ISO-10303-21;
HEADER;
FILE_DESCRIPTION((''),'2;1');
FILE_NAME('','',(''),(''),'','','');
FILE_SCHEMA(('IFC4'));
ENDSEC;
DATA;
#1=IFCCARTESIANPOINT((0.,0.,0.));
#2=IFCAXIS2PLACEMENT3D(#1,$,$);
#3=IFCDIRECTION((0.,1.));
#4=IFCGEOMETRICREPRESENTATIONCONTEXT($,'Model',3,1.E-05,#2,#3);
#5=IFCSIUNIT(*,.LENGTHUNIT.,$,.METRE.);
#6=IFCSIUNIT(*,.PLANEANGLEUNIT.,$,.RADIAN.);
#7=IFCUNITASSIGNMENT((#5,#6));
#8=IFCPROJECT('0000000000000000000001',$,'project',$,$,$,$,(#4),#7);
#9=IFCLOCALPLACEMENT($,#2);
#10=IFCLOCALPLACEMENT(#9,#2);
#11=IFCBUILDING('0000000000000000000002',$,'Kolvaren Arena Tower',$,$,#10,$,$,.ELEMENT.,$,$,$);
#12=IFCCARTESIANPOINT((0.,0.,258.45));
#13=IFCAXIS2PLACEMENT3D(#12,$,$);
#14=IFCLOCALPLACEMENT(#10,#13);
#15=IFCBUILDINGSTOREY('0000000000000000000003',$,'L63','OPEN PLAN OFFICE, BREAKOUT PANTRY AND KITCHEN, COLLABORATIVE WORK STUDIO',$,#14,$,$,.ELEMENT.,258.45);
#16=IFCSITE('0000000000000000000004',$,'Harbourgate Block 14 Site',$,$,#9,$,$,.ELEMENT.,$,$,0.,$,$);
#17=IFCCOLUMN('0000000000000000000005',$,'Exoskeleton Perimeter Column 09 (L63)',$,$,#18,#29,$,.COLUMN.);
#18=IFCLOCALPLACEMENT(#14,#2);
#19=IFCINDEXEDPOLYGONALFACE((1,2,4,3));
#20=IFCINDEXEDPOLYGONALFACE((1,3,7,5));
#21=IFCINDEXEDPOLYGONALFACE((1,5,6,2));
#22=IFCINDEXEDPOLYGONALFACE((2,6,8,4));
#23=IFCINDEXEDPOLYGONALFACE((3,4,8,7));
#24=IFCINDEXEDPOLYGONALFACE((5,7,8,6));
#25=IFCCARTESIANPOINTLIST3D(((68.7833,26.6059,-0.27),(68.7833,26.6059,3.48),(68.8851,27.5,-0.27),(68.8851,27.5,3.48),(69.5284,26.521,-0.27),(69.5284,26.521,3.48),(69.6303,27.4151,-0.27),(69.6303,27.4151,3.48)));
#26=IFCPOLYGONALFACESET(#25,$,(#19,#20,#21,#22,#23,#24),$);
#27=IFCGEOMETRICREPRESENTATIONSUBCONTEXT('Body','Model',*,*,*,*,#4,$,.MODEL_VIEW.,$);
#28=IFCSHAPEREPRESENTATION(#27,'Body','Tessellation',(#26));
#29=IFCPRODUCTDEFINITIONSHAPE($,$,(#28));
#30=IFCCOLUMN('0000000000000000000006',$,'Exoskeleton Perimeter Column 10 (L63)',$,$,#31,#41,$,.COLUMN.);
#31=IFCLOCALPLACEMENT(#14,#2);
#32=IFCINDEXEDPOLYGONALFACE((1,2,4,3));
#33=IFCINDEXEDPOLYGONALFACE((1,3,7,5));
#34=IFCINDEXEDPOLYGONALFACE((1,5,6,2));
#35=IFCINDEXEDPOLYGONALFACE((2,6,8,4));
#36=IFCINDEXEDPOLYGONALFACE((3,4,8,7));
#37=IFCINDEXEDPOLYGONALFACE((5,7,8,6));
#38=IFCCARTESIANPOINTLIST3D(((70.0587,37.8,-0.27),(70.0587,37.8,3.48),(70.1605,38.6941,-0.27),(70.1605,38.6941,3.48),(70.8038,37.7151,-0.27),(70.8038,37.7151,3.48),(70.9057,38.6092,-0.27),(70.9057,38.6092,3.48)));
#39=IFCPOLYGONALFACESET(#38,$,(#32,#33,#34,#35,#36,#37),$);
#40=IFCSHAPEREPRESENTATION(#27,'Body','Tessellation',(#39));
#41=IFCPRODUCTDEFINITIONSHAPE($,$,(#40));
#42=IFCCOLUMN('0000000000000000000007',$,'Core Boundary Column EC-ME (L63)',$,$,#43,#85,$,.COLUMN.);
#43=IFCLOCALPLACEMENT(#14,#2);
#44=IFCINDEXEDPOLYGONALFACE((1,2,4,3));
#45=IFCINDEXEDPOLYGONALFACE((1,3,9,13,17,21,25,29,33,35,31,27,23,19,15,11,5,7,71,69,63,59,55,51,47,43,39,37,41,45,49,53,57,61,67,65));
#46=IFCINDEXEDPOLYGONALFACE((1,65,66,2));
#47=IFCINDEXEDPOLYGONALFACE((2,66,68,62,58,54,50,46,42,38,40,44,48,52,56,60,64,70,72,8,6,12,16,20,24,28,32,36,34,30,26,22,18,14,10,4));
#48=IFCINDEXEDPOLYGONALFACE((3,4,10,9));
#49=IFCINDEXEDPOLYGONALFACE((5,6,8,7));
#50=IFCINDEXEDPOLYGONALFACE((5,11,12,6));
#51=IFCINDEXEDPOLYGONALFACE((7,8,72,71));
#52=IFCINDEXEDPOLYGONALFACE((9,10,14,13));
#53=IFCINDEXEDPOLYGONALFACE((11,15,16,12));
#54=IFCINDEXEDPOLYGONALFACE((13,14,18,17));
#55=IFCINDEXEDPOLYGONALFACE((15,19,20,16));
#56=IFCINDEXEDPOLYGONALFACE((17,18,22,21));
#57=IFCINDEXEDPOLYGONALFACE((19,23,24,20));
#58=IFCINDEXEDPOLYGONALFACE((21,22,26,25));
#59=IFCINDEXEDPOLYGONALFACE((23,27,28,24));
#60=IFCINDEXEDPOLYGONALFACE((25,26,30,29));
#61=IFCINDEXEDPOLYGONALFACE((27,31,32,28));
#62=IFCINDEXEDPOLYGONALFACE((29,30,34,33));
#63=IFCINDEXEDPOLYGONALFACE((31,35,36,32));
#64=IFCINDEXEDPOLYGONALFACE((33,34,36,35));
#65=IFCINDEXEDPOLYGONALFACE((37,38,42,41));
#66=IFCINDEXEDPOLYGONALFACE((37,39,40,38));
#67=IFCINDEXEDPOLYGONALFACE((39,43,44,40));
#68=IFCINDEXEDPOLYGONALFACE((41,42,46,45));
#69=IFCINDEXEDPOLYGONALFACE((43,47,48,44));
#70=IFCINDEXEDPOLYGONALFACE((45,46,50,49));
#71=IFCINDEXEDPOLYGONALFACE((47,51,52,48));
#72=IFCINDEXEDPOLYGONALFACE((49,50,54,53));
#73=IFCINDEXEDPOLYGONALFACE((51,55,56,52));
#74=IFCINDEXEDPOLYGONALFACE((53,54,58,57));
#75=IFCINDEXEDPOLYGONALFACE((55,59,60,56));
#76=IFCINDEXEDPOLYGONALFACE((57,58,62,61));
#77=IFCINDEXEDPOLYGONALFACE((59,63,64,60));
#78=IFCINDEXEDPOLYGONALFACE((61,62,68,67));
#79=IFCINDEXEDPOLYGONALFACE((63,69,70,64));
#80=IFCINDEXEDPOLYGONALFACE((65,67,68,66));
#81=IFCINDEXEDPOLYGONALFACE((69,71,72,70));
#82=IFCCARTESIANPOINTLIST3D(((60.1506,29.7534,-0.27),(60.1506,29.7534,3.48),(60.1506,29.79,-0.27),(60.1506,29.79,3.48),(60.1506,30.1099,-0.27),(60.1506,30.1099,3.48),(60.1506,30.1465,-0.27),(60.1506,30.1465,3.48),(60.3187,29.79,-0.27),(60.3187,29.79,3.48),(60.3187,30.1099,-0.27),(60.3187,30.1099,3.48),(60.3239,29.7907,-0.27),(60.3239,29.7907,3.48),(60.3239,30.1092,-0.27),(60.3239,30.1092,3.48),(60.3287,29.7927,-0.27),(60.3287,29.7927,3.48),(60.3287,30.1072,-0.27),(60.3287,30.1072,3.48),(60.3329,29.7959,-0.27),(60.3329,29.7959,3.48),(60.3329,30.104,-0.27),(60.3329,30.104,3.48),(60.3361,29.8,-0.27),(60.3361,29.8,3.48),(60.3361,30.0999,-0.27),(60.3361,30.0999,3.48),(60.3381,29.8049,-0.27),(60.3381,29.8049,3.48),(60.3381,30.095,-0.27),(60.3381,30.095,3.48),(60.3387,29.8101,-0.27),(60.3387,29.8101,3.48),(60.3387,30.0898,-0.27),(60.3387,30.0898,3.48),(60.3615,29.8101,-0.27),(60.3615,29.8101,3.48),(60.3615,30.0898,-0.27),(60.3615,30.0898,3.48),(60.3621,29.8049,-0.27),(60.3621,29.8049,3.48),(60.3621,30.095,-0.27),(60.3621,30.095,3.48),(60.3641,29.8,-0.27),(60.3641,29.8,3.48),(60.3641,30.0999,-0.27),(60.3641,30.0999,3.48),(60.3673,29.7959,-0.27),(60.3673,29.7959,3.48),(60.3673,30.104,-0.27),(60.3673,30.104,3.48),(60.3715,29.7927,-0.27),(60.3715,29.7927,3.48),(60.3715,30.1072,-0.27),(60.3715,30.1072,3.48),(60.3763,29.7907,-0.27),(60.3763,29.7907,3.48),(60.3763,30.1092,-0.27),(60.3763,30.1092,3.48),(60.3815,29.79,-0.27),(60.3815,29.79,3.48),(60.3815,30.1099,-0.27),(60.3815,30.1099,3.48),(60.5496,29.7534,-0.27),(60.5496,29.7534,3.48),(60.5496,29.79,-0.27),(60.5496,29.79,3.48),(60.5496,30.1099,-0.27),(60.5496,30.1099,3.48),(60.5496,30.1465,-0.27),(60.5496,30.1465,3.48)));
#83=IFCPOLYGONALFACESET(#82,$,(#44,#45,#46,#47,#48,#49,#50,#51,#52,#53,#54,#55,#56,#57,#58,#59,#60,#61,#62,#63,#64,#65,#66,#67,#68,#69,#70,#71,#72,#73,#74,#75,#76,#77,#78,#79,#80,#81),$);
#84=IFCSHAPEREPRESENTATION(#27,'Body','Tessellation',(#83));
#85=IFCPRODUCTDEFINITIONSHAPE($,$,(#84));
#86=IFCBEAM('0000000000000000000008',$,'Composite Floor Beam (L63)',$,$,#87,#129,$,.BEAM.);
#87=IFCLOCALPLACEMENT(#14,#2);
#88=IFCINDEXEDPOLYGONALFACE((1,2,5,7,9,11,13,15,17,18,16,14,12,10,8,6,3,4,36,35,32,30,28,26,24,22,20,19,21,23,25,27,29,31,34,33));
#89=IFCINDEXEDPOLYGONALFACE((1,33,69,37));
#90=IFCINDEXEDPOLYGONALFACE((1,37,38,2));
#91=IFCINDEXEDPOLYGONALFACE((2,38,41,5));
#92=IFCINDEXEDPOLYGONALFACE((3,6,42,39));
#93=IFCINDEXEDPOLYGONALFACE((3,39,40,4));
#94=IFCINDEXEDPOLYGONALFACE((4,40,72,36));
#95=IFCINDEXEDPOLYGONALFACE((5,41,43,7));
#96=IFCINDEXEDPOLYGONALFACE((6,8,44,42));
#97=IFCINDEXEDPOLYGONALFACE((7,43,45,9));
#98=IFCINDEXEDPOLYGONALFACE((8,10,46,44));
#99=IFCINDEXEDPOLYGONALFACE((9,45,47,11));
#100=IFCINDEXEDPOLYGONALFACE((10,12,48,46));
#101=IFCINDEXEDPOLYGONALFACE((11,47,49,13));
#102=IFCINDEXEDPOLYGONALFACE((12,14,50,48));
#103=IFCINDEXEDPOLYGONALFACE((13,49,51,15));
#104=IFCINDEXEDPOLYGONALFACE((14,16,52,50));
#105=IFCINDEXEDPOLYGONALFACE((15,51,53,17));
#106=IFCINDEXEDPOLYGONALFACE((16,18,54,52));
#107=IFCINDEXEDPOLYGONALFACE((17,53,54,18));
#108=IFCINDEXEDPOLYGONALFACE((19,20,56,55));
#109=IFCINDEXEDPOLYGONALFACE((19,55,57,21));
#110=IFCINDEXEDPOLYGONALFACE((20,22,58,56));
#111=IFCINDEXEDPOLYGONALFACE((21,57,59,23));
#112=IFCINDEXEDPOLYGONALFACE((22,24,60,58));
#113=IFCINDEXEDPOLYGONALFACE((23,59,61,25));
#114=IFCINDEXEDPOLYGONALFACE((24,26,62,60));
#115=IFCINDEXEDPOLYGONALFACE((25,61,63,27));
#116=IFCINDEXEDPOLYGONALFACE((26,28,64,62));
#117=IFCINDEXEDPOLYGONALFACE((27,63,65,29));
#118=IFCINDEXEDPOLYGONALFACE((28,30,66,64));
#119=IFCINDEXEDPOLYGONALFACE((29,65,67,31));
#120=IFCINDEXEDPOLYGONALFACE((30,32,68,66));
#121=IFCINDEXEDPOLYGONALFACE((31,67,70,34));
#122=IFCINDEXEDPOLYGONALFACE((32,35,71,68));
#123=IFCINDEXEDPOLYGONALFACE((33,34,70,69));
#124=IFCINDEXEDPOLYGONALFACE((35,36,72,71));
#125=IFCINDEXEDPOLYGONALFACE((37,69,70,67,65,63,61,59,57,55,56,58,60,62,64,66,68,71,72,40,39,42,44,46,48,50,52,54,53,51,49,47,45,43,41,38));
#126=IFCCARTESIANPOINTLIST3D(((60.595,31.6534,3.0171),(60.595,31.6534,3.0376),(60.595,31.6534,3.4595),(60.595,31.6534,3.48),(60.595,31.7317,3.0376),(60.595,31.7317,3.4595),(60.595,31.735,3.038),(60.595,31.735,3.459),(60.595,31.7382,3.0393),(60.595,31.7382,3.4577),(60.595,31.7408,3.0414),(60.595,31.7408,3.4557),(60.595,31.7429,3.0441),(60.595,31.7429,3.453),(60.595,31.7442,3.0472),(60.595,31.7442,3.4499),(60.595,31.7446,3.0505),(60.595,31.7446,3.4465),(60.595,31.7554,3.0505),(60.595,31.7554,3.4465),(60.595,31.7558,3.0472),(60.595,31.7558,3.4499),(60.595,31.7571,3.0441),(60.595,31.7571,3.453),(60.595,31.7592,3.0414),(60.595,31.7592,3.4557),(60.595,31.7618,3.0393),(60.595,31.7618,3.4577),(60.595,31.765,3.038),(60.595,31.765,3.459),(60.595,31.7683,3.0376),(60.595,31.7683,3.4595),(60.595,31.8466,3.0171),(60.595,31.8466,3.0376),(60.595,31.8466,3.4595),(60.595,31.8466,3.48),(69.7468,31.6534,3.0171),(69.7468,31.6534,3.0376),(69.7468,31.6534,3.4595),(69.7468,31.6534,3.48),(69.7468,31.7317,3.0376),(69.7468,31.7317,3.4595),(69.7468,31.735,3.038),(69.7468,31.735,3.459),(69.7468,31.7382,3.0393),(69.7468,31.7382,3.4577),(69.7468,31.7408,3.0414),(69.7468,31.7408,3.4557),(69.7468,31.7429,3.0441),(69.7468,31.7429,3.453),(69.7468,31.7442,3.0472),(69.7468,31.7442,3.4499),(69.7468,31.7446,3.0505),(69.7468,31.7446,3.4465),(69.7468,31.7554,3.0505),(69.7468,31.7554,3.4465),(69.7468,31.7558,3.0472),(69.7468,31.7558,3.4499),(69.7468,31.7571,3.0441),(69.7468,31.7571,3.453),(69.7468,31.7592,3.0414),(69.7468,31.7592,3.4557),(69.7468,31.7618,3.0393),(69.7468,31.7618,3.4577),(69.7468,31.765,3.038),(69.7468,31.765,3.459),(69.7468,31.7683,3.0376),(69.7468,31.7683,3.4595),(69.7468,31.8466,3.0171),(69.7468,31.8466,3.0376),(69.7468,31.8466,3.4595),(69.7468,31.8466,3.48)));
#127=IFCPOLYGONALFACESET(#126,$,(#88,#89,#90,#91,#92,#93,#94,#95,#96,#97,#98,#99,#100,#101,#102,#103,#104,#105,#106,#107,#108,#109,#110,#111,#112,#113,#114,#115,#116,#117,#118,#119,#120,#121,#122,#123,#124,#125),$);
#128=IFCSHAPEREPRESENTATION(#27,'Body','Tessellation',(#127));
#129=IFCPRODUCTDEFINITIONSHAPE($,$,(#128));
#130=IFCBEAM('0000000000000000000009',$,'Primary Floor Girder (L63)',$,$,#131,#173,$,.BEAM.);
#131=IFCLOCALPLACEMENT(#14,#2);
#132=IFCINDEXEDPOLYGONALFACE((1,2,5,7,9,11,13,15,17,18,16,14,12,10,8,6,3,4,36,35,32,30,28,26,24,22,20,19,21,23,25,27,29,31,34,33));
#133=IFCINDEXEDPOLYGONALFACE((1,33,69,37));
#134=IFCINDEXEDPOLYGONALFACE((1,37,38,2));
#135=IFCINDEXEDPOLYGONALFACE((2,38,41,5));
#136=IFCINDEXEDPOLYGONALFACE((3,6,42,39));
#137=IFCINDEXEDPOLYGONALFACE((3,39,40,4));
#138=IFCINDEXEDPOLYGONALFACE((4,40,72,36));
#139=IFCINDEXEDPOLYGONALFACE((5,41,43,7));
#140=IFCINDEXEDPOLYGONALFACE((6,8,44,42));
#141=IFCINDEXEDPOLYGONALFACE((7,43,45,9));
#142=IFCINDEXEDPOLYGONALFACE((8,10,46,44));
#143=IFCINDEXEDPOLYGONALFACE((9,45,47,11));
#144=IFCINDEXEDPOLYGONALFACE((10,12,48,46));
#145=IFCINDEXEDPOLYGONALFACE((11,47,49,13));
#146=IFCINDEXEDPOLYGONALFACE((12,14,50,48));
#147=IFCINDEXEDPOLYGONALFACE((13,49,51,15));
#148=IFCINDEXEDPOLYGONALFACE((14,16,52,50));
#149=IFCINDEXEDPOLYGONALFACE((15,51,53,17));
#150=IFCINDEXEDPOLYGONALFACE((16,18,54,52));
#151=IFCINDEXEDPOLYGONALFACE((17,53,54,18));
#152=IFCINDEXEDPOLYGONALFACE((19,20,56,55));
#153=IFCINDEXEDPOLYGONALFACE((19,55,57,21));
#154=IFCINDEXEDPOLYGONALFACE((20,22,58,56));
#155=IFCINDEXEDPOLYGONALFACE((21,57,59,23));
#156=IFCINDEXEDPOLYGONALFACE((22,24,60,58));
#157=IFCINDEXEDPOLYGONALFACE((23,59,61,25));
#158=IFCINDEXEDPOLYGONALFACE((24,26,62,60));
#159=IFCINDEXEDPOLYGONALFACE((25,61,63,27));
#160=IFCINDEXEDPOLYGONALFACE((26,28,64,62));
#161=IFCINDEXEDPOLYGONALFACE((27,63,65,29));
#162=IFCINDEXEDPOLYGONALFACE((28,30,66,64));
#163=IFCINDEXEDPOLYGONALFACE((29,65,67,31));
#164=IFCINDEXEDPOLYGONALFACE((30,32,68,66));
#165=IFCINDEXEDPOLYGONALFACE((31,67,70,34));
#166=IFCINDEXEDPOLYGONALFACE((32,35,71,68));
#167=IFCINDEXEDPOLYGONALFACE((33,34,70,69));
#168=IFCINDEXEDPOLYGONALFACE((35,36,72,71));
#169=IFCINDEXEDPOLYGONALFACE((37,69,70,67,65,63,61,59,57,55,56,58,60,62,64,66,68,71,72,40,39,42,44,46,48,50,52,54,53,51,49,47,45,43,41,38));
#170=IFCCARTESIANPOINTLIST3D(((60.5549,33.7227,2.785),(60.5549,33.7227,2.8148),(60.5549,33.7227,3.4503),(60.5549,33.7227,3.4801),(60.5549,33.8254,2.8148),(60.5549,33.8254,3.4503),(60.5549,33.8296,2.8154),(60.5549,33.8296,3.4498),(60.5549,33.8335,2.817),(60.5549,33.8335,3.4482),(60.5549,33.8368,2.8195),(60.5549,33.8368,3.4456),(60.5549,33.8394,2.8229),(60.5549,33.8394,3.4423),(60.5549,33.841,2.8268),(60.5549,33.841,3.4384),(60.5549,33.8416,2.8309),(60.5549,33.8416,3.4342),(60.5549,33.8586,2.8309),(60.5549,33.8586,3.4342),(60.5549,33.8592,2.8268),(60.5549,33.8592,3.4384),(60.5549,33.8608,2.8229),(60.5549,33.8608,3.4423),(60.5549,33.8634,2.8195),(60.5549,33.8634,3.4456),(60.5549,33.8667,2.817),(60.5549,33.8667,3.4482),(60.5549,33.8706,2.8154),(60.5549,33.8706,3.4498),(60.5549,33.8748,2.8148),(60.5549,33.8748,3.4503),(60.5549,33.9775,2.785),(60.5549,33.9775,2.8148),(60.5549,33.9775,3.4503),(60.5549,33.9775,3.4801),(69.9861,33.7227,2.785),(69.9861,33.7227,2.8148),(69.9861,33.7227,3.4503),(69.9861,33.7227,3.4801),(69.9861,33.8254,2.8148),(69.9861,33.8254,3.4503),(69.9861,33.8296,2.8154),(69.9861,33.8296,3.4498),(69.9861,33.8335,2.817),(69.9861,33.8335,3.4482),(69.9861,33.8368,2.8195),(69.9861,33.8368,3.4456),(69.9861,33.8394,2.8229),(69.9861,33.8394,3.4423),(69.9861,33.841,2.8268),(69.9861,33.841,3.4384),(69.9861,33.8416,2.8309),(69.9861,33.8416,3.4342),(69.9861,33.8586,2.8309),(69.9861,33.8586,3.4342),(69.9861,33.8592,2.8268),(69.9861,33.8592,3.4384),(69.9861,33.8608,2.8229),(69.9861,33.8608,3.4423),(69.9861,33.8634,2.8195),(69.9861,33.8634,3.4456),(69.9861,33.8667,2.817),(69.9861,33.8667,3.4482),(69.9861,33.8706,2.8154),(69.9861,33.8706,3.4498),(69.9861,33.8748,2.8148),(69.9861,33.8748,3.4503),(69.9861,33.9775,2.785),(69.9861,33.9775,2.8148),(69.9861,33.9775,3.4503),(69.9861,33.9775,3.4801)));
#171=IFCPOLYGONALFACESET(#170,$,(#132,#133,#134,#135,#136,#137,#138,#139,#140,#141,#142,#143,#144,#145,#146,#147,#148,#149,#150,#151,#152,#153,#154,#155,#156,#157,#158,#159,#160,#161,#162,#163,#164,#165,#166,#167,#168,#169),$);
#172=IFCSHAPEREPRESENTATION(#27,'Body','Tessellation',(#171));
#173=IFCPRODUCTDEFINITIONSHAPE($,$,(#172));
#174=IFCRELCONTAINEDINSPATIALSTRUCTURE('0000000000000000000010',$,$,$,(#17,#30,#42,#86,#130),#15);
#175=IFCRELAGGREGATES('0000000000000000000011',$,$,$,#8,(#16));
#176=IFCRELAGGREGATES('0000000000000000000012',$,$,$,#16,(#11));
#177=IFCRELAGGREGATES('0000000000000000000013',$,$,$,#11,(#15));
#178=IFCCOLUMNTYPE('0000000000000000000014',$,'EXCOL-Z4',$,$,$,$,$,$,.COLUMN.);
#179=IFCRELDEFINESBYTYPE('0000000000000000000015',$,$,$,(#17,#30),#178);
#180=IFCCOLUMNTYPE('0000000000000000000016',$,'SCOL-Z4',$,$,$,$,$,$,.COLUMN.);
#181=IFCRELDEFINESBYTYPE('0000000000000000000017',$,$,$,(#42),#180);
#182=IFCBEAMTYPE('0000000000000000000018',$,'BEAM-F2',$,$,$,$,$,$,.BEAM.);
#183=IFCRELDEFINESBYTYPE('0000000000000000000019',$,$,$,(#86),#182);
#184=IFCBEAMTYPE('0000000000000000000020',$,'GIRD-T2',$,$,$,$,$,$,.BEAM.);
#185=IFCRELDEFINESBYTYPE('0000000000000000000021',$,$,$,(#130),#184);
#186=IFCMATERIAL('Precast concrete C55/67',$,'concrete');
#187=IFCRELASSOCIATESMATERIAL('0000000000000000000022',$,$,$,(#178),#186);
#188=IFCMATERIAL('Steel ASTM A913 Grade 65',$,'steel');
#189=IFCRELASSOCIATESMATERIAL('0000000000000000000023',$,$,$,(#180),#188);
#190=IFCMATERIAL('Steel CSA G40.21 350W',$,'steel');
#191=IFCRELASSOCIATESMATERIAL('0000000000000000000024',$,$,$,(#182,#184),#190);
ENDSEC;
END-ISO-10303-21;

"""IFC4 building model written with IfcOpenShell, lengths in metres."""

from ifc_helpers import new_model, si_unit, direction, frame, origin, origin_2d, place, context, subcontext, project, spatial, rectangle, i_section, extrude, material, material_profile, profile_set, type_object, element, save


model = new_model("IFC4")

# Units and contexts
model_context = context("Model", 3, precision=1e-05, world=origin(), true_north=direction((0.0, 1.0)))
body_context = subcontext(model_context, "Body", "Model", "MODEL_VIEW")
ifc_project = project(units=[si_unit("LENGTHUNIT", "METRE"), si_unit("PLANEANGLEUNIT", "RADIAN")], contexts=[model_context])

# Site, building, storey
site_placement = place(None, origin())
site = spatial("IfcSite", under=ifc_project, at=site_placement, Name="Harbourgate Block 14 Site", CompositionType="ELEMENT", RefElevation=0.0)
building_placement = place(site_placement, origin())
building = spatial("IfcBuilding", under=site, at=building_placement, Name="Kolvaren Arena Tower", CompositionType="ELEMENT")
storey_placement = place(building_placement, frame((0.0, 0.0, 258.45)))
storey = spatial("IfcBuildingStorey", under=building, at=storey_placement, Name="L63", Description="OPEN PLAN OFFICE, BREAKOUT PANTRY AND KITCHEN, COLLABORATIVE WORK STUDIO", CompositionType="ELEMENT", Elevation=258.45)

# Columns
ifc_material_1 = material(Name="Precast concrete C55/67", Category="concrete")
ifc_material_profile_1 = material_profile(ifc_material_1, rectangle(XDim=0.8999, YDim=0.75, at=origin_2d()), Name="RC-900x750")
ifc_profile_set_1 = profile_set([ifc_material_profile_1], Name="Precast concrete C55/67")
column_type_1 = type_object("IfcColumnType", Name="EXCOL-Z4", PredefinedType="COLUMN", material=ifc_profile_set_1)
for number, where, z_axis, x_axis, name in (
    (1, (69.2068, 27.0105, -0.27), (0.0, 0.0, 1.0), (0.113203, 0.993572, 0.0), "Exoskeleton Perimeter Column 09 (L63)"),
    (2, (70.4822, 38.2046, -0.27), (0.0, 0.0, 1.0), (0.113203, 0.993572, 0.0), "Exoskeleton Perimeter Column 10 (L63)"),
):
    element("IfcColumn", number, at=place(storey_placement, frame(where, z_axis=z_axis, x_axis=x_axis)), inside=storey, type_object=column_type_1, Name=name, PredefinedType="COLUMN", context=body_context, shape_type="SweptSolid", body=[
        extrude(rectangle(XDim=0.8999, YDim=0.75, at=origin_2d()), origin(), (0.0, 0.0, 1.0), 3.75),
    ])
ifc_material_2 = material(Name="Steel ASTM A913 Grade 65", Category="steel")
ifc_material_profile_2 = material_profile(ifc_material_2, i_section(OverallWidth=0.3989, OverallDepth=0.3931, WebThickness=0.0227, FlangeThickness=0.0366, FilletRadius=0.02, at=origin_2d()), Name="W360x287")
ifc_profile_set_2 = profile_set([ifc_material_profile_2], Name="Steel ASTM A913 Grade 65")
column_type_2 = type_object("IfcColumnType", Name="SCOL-Z4", PredefinedType="COLUMN", material=ifc_profile_set_2)
column_placement = place(storey_placement, frame((60.3501, 29.95, -0.27), z_axis=(0.0, 0.0, 1.0), x_axis=(1.0, 0.0, 0.0)))
element("IfcColumn", 3, at=column_placement, inside=storey, type_object=column_type_2, Name="Core Boundary Column EC-ME (L63)", PredefinedType="COLUMN", context=body_context, shape_type="SweptSolid", body=[
    extrude(i_section(OverallWidth=0.3989, OverallDepth=0.3931, WebThickness=0.0227, FlangeThickness=0.0366, FilletRadius=0.02, at=origin_2d()), origin(), (0.0, 0.0, 1.0), 3.75),
])

# Beams
ifc_material_3 = material(Name="Steel CSA G40.21 350W", Category="steel")
ifc_material_profile_3 = material_profile(ifc_material_3, i_section(OverallWidth=0.1931, OverallDepth=0.4629, WebThickness=0.0107, FlangeThickness=0.0205, FilletRadius=0.0129, at=origin_2d()), Name="W460x113")
ifc_profile_set_3 = profile_set([ifc_material_profile_3], Name="Steel CSA G40.21 350W")
beam_type_1 = type_object("IfcBeamType", Name="BEAM-F2", PredefinedType="BEAM", material=ifc_profile_set_3)
beam_1_placement = place(storey_placement, frame((60.595, 31.75, 3.2485), z_axis=(1.0, 0.0, 0.0), x_axis=(0.0, 1.0, 0.0)))
element("IfcBeam", 4, at=beam_1_placement, inside=storey, type_object=beam_type_1, Name="Composite Floor Beam (L63)", PredefinedType="BEAM", context=body_context, shape_type="SweptSolid", body=[
    extrude(i_section(OverallWidth=0.1931, OverallDepth=0.4629, WebThickness=0.0107, FlangeThickness=0.0205, FilletRadius=0.0129, at=origin_2d()), origin(), (0.0, 0.0, 1.0), 9.1519),
])
ifc_material_profile_4 = material_profile(ifc_material_3, i_section(OverallWidth=0.2549, OverallDepth=0.6951, WebThickness=0.0171, FlangeThickness=0.0298, FilletRadius=0.0161, at=origin_2d()), Name="W690x217")
ifc_profile_set_4 = profile_set([ifc_material_profile_4], Name="Steel CSA G40.21 350W")
beam_type_2 = type_object("IfcBeamType", Name="GIRD-T2", PredefinedType="BEAM", material=ifc_profile_set_4)
beam_2_placement = place(storey_placement, frame((60.5549, 33.8501, 3.1326), z_axis=(1.0, 0.0, 0.0), x_axis=(0.0, 1.0, 0.0)))
element("IfcBeam", 5, at=beam_2_placement, inside=storey, type_object=beam_type_2, Name="Primary Floor Girder (L63)", PredefinedType="BEAM", context=body_context, shape_type="SweptSolid", body=[
    extrude(i_section(OverallWidth=0.2549, OverallDepth=0.6951, WebThickness=0.0171, FlangeThickness=0.0298, FilletRadius=0.0161, at=origin_2d()), origin(), (0.0, 0.0, 1.0), 9.4312),
])

save(model, "model.ifc")
